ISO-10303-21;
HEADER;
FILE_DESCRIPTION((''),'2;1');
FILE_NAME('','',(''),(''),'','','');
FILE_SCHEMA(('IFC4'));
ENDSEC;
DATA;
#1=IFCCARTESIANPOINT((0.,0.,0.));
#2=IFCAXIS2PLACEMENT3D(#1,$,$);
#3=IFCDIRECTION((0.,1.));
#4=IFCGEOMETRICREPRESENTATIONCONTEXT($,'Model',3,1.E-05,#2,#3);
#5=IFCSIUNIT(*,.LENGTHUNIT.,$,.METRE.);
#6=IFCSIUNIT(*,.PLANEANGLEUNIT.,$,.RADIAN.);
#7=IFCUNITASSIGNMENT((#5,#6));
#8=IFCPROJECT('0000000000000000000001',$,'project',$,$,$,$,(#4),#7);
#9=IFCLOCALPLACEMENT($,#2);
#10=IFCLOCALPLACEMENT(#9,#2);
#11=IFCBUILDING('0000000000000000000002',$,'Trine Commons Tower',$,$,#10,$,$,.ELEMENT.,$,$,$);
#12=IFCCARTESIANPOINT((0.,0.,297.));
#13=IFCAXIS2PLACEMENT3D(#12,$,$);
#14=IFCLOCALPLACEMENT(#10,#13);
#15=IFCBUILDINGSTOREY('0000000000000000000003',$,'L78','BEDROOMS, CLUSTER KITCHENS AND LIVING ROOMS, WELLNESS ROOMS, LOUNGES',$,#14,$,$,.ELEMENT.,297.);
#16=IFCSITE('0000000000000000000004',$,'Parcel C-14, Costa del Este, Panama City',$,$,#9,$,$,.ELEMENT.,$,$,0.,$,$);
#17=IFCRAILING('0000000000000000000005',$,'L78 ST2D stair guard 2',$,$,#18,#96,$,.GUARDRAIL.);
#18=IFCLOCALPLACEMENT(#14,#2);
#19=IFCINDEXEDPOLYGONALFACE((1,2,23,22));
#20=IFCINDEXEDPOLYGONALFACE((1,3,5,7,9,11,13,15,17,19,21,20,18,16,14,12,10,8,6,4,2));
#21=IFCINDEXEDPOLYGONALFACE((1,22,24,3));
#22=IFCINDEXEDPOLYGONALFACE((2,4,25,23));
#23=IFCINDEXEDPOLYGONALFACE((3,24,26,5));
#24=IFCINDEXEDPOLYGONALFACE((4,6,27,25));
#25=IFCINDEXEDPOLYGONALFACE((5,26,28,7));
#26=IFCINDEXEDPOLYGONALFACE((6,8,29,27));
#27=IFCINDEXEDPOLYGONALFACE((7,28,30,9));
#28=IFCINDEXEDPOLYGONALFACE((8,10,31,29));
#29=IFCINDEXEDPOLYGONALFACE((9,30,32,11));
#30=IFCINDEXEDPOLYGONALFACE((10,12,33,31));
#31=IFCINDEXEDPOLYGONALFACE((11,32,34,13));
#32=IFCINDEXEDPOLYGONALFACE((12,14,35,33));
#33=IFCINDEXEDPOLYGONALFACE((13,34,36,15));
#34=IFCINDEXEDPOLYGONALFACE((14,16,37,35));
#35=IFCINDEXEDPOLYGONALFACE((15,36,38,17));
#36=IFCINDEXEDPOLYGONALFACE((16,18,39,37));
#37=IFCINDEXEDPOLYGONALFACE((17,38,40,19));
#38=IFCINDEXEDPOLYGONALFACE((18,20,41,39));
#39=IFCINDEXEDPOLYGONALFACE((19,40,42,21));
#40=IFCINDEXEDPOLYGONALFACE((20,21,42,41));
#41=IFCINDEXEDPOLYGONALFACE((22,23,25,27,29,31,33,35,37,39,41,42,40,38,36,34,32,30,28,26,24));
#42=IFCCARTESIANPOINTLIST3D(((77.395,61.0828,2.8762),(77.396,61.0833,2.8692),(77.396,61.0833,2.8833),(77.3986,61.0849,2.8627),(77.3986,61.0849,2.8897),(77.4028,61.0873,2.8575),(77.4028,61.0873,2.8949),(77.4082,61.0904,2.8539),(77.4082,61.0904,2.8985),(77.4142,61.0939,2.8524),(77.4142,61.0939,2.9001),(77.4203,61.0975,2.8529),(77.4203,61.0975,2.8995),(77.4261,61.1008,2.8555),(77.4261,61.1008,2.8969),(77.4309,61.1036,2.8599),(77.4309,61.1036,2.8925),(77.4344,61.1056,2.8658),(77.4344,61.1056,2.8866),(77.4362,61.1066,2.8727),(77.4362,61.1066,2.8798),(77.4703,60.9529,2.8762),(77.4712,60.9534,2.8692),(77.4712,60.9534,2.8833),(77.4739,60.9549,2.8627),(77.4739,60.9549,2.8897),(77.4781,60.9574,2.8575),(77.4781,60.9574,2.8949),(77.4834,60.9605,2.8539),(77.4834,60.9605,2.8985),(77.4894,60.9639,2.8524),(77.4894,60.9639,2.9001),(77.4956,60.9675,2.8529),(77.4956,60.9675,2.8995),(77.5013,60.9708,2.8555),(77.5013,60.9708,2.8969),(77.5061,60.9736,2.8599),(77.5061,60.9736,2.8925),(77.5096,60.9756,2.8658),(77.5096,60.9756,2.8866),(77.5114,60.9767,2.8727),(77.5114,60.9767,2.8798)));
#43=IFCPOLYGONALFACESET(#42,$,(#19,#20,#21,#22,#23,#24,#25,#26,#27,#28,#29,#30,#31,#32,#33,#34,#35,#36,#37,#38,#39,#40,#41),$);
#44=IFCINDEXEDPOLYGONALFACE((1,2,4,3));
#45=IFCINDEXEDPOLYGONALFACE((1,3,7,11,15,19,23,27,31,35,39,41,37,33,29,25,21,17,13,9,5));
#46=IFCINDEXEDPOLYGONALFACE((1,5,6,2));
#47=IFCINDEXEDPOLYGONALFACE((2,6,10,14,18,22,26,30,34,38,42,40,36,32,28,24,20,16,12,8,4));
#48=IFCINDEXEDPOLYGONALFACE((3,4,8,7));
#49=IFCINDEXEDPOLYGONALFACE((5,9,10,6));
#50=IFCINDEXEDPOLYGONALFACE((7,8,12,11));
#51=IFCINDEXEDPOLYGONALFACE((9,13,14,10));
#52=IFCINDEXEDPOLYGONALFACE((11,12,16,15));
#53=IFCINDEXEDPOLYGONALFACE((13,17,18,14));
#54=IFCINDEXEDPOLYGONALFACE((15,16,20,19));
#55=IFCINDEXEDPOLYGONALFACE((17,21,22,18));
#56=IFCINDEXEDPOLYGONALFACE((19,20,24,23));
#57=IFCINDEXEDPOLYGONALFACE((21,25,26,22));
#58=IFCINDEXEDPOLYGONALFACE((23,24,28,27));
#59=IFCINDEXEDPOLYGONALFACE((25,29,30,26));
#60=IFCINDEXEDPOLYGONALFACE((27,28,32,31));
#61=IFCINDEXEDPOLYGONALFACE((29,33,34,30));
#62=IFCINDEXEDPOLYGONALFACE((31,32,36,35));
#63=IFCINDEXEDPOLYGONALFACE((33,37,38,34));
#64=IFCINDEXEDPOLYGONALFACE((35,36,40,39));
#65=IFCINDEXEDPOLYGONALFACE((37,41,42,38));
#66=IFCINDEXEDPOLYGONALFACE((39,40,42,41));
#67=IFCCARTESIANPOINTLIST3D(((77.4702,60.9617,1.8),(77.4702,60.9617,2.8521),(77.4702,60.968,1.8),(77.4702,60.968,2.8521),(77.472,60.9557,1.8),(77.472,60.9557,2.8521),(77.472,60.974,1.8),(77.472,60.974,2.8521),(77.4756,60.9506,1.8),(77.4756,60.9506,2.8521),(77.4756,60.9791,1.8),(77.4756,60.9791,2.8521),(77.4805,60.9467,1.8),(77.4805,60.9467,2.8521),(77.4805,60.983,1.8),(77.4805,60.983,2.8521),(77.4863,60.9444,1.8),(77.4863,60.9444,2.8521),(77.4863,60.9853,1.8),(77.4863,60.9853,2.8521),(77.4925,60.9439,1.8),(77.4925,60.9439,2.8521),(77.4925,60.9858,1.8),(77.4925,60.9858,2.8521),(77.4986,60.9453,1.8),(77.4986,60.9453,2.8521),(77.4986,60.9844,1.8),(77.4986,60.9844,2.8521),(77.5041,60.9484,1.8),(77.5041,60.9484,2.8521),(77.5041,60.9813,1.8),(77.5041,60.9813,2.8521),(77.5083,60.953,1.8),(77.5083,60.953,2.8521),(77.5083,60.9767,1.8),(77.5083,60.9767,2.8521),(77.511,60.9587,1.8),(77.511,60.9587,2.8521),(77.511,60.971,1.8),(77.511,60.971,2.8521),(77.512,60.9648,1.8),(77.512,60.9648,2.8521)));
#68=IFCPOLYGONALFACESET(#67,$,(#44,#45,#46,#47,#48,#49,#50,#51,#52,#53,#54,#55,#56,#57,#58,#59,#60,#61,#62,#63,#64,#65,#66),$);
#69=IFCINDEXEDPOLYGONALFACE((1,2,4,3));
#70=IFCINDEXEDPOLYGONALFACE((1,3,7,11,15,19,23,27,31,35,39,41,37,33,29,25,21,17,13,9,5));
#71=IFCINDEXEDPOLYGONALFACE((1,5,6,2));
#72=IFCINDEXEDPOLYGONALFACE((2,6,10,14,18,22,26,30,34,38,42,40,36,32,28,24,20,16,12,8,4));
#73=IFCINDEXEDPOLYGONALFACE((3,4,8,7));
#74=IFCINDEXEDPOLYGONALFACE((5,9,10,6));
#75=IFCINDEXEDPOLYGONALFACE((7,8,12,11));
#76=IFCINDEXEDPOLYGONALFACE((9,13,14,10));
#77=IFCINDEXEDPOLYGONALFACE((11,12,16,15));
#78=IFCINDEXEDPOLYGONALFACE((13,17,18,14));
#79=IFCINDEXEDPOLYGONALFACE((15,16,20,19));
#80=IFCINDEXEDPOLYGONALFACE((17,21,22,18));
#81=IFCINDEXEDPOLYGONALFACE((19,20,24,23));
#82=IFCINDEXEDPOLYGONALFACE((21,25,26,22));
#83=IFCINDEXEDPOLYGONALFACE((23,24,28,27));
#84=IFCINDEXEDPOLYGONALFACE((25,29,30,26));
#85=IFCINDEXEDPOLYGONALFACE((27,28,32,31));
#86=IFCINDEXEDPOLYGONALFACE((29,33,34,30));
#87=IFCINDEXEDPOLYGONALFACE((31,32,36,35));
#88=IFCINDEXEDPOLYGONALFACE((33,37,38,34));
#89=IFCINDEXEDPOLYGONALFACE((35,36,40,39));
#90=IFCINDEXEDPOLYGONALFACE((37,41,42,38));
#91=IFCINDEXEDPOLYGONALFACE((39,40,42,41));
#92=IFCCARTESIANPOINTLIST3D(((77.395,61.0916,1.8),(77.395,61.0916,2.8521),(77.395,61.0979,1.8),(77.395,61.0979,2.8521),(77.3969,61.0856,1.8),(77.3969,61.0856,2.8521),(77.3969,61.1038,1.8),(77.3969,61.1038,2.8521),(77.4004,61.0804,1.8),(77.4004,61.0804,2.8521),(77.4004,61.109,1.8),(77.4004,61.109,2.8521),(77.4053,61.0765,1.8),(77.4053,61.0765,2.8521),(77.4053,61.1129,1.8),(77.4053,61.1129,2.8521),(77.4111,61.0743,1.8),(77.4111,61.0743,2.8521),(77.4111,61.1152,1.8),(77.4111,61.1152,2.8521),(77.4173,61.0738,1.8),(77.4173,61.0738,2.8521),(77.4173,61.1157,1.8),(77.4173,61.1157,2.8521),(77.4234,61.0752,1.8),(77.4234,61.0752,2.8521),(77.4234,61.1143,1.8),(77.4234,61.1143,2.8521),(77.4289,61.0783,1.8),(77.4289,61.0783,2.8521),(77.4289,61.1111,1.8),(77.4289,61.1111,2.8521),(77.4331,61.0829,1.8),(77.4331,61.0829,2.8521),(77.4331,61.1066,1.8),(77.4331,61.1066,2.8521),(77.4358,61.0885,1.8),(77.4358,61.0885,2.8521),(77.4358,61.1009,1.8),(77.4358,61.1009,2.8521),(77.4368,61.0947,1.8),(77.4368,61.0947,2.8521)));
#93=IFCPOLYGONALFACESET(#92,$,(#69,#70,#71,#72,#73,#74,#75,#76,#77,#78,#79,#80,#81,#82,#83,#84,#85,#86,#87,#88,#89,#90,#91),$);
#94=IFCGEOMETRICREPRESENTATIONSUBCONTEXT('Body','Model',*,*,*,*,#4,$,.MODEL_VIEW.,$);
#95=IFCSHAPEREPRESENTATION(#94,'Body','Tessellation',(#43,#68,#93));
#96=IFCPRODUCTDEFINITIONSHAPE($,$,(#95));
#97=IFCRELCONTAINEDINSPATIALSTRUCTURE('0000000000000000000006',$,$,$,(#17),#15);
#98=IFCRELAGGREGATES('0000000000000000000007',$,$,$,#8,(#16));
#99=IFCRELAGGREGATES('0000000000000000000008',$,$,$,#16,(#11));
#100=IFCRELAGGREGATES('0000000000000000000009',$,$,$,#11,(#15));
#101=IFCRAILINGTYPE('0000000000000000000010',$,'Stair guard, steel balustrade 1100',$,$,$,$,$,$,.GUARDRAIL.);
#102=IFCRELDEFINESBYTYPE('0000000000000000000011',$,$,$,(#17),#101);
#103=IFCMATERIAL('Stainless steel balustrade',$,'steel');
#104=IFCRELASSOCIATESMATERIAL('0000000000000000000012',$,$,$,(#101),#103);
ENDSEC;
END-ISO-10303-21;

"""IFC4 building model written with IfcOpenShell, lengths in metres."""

from ifc_helpers import new_model, si_unit, direction, frame, origin, origin_2d, place, context, subcontext, project, spatial, circle, extrude, material, type_object, element, save


model = new_model("IFC4")

# Units and contexts
model_context = context("Model", 3, precision=1e-05, world=origin(), true_north=direction((0.0, 1.0)))
body_context = subcontext(model_context, "Body", "Model", "MODEL_VIEW")
ifc_project = project(units=[si_unit("LENGTHUNIT", "METRE"), si_unit("PLANEANGLEUNIT", "RADIAN")], contexts=[model_context])

# Site, building, storey
site_placement = place(None, origin())
site = spatial("IfcSite", under=ifc_project, at=site_placement, Name="Parcel C-14, Costa del Este, Panama City", CompositionType="ELEMENT", RefElevation=0.0)
building_placement = place(site_placement, origin())
building = spatial("IfcBuilding", under=site, at=building_placement, Name="Trine Commons Tower", CompositionType="ELEMENT")
storey_placement = place(building_placement, frame((0.0, 0.0, 297.0)))
storey = spatial("IfcBuildingStorey", under=building, at=storey_placement, Name="L78", Description="BEDROOMS, CLUSTER KITCHENS AND LIVING ROOMS, WELLNESS ROOMS, LOUNGES", CompositionType="ELEMENT", Elevation=297.0)

# Railing
ifc_material_1 = material(Name="Stainless steel balustrade", Category="steel")
railing_type_1 = type_object("IfcRailingType", Name="Stair guard, steel balustrade 1100", PredefinedType="GUARDRAIL", material=ifc_material_1)
railing_1_placement = place(storey_placement, frame((77.491, 60.9648, 1.8)))
element("IfcRailing", 1, at=railing_1_placement, inside=storey, type_object=railing_type_1, Name="L78 ST2D stair guard 2", PredefinedType="GUARDRAIL", context=body_context, shape_type="SweptSolid", body=[
    extrude(circle(Radius=0.0239, at=origin_2d()), frame((0.0, 0.0, 1.0762), z_axis=(-0.501036, 0.865426, 0.0), x_axis=(-0.865426, -0.501036, 0.0)), (0.0, 0.0, 1.0), 0.1501),
    extrude(circle(Radius=0.021, at=origin_2d()), origin(), (0.0, 0.0, 1.0), 1.052),
    extrude(circle(Radius=0.021, at=origin_2d()), frame((-0.0752, 0.1299, 0.0)), (0.0, 0.0, 1.0), 1.052),
])

save(model, "model.ifc")
